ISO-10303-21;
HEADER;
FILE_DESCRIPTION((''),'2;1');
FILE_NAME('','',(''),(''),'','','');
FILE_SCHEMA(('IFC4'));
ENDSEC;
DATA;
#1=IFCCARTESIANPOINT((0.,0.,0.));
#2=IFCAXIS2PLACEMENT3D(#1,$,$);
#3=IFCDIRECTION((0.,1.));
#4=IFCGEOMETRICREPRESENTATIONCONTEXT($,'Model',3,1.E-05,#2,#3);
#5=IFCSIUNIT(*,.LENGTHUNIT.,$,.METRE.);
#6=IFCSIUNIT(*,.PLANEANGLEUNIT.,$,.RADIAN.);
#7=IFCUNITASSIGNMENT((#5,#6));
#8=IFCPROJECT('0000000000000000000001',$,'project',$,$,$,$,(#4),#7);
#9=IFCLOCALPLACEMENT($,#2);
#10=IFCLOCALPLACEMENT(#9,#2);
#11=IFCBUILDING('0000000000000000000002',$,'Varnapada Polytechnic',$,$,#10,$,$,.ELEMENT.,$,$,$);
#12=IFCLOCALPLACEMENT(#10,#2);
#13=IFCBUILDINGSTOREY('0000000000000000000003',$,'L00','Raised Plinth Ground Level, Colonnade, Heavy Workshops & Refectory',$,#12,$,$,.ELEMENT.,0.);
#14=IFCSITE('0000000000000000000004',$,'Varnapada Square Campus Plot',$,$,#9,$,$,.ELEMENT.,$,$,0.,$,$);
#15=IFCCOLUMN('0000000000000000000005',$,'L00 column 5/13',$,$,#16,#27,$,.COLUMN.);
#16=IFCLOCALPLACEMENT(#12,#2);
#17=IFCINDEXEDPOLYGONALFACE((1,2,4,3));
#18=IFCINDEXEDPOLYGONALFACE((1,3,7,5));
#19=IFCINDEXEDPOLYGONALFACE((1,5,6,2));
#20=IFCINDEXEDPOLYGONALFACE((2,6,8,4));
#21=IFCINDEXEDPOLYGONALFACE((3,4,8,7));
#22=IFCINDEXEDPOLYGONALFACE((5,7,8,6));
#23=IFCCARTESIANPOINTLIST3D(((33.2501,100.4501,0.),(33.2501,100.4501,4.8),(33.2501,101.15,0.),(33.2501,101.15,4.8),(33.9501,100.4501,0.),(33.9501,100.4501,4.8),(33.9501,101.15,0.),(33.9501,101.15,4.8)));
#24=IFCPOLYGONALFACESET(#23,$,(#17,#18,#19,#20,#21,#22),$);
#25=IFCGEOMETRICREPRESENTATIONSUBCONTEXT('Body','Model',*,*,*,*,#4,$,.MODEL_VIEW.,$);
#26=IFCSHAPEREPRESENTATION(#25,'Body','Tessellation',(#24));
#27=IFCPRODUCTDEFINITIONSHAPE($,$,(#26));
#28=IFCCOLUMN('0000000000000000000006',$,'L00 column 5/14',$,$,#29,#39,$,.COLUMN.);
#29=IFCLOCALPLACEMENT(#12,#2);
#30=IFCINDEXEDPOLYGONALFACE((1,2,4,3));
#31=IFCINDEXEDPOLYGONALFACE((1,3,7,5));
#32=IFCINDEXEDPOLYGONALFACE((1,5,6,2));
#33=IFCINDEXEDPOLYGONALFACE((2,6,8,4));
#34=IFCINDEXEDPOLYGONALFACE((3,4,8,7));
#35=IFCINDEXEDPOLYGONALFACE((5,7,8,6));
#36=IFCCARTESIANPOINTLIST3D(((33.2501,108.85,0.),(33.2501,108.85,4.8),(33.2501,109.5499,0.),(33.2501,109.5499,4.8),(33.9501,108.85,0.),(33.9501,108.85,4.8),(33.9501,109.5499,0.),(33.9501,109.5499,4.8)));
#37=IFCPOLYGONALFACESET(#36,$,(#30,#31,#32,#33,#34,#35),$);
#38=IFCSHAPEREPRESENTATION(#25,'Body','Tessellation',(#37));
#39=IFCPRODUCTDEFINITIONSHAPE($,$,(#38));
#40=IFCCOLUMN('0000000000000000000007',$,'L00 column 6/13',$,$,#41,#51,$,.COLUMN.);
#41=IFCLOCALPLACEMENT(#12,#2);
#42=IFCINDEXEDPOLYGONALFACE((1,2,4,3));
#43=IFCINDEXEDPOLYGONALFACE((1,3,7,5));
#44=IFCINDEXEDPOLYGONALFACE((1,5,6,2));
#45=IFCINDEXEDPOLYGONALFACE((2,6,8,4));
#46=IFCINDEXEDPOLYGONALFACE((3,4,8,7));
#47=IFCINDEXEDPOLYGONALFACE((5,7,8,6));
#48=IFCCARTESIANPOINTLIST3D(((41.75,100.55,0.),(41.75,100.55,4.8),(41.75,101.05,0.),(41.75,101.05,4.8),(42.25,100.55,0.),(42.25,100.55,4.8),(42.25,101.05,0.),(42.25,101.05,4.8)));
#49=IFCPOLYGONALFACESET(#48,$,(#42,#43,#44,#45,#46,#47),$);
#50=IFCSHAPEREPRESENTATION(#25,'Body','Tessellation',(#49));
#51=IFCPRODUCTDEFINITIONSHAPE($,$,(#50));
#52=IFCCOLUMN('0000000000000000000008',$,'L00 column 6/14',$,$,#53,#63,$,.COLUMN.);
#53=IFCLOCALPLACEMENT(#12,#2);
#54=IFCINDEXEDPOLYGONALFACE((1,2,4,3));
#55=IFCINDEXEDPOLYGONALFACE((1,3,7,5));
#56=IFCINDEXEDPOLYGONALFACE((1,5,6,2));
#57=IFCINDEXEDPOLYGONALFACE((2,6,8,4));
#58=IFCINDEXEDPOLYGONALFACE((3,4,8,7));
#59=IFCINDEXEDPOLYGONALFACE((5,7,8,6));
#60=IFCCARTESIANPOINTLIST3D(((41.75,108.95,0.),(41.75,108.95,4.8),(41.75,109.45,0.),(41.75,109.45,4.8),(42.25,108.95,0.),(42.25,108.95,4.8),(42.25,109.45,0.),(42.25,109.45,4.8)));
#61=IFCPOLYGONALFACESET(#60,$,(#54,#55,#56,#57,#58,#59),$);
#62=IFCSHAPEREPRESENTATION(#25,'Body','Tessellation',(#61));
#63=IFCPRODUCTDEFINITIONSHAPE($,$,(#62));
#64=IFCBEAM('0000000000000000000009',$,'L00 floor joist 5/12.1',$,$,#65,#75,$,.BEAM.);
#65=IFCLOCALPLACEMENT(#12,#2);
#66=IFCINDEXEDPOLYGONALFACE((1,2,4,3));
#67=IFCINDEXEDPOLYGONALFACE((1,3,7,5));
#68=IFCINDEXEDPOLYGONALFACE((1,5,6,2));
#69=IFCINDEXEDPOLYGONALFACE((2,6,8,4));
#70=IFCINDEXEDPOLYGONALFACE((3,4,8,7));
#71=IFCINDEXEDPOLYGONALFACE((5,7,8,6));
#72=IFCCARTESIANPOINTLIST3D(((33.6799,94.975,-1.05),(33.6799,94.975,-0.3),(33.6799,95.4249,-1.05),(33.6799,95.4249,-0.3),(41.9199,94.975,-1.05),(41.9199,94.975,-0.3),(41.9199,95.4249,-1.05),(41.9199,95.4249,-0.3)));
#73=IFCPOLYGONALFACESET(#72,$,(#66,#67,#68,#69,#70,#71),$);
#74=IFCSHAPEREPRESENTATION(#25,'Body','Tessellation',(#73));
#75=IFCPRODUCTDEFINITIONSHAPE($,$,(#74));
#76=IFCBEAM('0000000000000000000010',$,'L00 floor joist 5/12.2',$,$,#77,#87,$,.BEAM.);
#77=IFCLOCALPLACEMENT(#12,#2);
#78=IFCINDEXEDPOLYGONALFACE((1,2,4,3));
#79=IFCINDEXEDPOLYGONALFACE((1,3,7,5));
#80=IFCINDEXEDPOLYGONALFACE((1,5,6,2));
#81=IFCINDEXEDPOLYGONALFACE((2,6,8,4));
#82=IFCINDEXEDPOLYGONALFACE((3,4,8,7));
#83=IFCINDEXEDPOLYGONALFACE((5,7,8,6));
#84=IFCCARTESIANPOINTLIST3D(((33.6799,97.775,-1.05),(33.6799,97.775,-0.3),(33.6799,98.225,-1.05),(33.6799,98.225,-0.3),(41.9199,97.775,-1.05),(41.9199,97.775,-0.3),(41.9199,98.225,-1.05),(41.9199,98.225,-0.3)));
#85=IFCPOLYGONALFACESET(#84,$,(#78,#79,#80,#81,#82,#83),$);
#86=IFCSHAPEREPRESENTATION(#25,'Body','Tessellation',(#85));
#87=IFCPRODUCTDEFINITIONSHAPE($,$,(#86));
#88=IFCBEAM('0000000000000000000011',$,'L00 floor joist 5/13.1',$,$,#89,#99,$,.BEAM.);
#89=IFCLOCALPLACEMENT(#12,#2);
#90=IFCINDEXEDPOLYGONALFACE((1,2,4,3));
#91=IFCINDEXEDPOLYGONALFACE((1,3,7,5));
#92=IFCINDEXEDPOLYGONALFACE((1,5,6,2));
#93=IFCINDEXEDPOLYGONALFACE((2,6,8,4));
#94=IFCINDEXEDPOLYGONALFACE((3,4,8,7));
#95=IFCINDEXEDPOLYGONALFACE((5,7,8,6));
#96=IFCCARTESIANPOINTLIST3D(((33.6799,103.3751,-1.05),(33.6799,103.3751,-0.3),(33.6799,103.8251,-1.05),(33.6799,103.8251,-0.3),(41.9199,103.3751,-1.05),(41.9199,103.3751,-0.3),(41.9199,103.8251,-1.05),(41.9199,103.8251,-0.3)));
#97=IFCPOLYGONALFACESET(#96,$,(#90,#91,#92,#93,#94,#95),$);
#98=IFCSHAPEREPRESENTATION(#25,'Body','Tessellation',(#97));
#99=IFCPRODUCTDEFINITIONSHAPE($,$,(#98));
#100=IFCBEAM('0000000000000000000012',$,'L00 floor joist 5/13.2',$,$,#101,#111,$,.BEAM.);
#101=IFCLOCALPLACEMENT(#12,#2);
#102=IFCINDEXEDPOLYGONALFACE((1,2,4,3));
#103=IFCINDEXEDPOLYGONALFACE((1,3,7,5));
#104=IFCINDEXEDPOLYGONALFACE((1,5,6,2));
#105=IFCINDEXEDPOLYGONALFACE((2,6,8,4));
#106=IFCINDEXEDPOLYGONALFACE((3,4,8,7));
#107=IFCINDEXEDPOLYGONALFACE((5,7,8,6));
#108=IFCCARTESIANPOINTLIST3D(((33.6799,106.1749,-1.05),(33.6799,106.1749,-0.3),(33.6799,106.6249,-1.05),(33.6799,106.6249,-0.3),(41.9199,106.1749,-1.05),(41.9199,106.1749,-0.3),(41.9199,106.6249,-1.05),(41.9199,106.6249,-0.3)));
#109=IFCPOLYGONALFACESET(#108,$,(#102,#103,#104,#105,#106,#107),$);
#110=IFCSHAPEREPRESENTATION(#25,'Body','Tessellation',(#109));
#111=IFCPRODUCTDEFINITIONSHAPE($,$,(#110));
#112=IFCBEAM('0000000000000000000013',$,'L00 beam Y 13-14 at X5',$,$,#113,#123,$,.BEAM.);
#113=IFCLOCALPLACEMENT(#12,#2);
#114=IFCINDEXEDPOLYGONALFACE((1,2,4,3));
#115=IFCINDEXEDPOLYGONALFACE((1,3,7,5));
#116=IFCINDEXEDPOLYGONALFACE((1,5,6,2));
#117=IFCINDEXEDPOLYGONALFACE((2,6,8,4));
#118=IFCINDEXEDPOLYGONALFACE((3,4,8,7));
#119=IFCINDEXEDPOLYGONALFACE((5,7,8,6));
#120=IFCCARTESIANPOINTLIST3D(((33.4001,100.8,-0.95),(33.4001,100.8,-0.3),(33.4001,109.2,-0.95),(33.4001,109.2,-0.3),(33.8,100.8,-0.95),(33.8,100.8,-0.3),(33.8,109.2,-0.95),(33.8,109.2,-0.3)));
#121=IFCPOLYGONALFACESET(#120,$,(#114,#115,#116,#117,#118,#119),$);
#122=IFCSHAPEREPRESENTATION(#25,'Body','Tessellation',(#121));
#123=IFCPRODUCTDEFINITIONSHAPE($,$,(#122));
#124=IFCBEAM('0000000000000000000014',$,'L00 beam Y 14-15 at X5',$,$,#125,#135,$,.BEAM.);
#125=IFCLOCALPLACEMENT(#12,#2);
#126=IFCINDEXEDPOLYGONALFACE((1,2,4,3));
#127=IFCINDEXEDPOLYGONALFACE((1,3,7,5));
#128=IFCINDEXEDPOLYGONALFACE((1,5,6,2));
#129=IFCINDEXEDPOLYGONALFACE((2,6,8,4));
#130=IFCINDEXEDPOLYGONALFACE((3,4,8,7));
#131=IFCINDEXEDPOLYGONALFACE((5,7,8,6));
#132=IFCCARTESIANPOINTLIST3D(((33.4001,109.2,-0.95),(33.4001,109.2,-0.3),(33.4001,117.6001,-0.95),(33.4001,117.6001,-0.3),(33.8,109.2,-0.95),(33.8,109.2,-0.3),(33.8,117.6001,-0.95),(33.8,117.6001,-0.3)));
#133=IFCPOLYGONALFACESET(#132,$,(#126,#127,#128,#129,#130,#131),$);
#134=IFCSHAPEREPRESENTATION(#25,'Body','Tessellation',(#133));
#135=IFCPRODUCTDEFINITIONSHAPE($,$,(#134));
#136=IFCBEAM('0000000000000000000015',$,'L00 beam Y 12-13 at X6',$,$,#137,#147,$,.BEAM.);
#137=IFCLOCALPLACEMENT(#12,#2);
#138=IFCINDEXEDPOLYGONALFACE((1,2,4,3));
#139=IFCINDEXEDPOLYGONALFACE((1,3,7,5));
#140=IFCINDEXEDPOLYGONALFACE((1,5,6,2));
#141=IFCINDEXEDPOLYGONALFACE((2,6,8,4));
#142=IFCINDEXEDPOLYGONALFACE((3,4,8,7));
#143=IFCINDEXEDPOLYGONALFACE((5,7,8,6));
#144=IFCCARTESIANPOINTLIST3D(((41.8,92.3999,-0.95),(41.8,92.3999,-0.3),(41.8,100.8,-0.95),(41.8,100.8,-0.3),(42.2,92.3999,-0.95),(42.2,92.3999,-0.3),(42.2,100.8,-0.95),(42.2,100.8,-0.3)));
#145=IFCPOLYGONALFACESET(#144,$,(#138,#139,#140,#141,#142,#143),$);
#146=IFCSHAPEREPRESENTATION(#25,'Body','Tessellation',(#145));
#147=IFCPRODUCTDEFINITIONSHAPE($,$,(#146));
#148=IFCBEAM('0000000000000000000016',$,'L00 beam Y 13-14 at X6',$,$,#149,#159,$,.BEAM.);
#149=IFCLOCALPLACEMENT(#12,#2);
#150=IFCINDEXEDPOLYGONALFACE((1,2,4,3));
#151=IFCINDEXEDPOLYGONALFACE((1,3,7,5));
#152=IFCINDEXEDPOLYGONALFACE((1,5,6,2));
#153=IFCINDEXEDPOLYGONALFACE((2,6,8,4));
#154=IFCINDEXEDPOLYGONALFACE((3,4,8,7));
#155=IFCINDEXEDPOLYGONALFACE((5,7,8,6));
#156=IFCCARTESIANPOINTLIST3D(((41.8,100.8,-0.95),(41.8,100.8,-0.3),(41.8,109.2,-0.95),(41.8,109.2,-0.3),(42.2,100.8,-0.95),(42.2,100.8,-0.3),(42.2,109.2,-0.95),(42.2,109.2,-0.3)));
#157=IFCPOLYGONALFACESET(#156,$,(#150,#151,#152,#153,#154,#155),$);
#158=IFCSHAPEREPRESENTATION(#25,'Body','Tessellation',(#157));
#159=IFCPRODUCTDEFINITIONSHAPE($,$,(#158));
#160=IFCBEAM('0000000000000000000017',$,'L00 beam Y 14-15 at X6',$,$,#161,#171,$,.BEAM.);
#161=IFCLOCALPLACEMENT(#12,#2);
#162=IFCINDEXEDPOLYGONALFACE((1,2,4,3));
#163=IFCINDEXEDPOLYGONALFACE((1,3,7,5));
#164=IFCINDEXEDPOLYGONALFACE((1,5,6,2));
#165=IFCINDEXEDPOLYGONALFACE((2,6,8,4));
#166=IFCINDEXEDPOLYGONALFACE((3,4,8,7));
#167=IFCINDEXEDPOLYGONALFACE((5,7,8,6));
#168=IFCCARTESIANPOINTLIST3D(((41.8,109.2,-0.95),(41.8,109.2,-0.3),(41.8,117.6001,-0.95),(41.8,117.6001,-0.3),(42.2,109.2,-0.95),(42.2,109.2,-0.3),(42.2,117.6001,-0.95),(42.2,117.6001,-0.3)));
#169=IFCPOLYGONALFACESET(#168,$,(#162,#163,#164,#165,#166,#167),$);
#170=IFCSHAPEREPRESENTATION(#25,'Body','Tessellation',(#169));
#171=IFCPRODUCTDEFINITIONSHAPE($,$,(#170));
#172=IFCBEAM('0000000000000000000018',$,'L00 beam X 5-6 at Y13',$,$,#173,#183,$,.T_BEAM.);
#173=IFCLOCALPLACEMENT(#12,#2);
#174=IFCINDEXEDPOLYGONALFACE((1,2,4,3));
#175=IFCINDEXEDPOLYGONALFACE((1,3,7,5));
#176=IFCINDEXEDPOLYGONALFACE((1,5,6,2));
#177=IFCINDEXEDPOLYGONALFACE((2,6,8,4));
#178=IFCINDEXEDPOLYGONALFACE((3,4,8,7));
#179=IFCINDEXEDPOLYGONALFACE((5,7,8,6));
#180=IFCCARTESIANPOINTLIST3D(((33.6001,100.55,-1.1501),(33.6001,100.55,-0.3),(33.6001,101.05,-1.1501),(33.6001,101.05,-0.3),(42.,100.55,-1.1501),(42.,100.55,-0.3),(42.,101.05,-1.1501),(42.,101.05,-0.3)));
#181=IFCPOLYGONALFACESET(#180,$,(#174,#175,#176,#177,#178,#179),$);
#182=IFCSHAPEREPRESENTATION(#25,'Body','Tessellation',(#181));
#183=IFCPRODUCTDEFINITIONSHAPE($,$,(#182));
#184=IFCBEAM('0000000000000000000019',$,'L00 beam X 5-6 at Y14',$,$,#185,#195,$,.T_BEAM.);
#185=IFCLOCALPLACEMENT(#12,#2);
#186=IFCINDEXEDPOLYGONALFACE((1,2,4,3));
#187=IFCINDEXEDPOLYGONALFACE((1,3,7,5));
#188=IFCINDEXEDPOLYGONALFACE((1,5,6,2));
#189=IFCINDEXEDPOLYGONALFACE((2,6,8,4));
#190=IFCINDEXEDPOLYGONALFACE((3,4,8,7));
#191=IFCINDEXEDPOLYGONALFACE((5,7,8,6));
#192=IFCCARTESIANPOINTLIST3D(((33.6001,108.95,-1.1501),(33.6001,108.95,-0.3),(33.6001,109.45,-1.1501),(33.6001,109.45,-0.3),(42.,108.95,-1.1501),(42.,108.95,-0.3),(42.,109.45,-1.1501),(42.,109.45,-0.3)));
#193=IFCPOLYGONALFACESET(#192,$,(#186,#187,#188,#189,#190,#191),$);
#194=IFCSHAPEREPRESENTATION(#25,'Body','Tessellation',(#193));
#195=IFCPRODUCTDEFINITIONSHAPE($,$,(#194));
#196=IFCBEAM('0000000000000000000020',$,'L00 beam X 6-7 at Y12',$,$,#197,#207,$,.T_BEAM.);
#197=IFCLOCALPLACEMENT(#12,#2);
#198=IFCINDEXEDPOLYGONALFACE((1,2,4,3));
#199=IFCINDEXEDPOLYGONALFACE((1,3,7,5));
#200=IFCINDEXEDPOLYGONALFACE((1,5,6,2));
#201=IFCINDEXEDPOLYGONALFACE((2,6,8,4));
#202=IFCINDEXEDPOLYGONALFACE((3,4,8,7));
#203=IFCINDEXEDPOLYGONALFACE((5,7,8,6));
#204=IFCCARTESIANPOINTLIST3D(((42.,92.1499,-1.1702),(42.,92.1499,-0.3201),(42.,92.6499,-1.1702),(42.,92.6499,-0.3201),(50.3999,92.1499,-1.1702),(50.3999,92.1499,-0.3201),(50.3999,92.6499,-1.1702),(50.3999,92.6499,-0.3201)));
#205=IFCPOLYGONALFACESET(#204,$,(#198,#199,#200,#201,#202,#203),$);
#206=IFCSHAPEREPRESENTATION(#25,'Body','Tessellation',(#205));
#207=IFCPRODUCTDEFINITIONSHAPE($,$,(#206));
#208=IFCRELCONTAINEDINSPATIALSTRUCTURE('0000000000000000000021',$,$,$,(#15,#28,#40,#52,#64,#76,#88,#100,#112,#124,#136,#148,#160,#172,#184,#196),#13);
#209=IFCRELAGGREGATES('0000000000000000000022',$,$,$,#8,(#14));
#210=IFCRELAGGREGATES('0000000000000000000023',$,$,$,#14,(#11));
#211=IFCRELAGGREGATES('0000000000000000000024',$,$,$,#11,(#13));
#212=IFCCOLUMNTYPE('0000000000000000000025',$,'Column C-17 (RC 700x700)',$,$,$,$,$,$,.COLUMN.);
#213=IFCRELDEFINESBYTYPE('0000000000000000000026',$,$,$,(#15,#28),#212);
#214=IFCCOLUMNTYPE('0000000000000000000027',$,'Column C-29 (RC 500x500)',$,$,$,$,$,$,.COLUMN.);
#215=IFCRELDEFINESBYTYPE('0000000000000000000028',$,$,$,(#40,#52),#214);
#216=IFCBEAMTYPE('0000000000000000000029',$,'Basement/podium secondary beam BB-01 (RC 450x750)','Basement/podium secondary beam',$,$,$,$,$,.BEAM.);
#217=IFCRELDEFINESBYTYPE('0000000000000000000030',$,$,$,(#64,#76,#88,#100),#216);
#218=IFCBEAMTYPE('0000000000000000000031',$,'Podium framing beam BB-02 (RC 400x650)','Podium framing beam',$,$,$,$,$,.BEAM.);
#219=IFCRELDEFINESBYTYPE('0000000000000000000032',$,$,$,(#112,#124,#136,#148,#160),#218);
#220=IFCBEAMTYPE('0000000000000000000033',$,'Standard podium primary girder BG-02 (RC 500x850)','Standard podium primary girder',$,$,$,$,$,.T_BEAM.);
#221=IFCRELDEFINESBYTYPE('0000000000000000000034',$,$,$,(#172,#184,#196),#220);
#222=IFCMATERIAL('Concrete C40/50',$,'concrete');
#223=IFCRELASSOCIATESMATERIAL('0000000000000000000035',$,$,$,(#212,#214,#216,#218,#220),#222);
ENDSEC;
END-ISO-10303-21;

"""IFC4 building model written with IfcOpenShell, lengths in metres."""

from ifc_helpers import new_model, si_unit, direction, frame, origin, origin_2d, place, context, subcontext, project, spatial, rectangle, extrude, material, material_profile, profile_set, type_object, element, save


model = new_model("IFC4")

# Units and contexts
model_context = context("Model", 3, precision=1e-05, world=origin(), true_north=direction((0.0, 1.0)))
body_context = subcontext(model_context, "Body", "Model", "MODEL_VIEW")
ifc_project = project(units=[si_unit("LENGTHUNIT", "METRE"), si_unit("PLANEANGLEUNIT", "RADIAN")], contexts=[model_context])

# Site, building, storey
site_placement = place(None, origin())
site = spatial("IfcSite", under=ifc_project, at=site_placement, Name="Varnapada Square Campus Plot", CompositionType="ELEMENT", RefElevation=0.0)
building_placement = place(site_placement, origin())
building = spatial("IfcBuilding", under=site, at=building_placement, Name="Varnapada Polytechnic", CompositionType="ELEMENT")
storey_placement = place(building_placement, origin())
storey = spatial("IfcBuildingStorey", under=building, at=storey_placement, Name="L00", Description="Raised Plinth Ground Level, Colonnade, Heavy Workshops & Refectory", CompositionType="ELEMENT", Elevation=0.0)

# Columns
ifc_material_1 = material(Name="Concrete C40/50", Category="concrete")
ifc_material_profile_1 = material_profile(ifc_material_1, rectangle(XDim=0.7, YDim=0.7, at=origin_2d()), Name="RC 700x700")
ifc_profile_set_1 = profile_set([ifc_material_profile_1], Name="Concrete C40/50")
column_type_1 = type_object("IfcColumnType", Name="Column C-17 (RC 700x700)", PredefinedType="COLUMN", material=ifc_profile_set_1)
for number, where, z_axis, x_axis, name in (
    (1, (33.6001, 100.8, 0.0), (0.0, 0.0, 1.0), (1.0, 0.0, 0.0), "L00 column 5/13"),
    (2, (33.6001, 109.2, 0.0), (0.0, 0.0, 1.0), (1.0, 0.0, 0.0), "L00 column 5/14"),
):
    element("IfcColumn", number, at=place(storey_placement, frame(where, z_axis=z_axis, x_axis=x_axis)), inside=storey, type_object=column_type_1, Name=name, PredefinedType="COLUMN", context=body_context, shape_type="SweptSolid", body=[
        extrude(rectangle(XDim=0.7, YDim=0.7, at=origin_2d()), origin(), (0.0, 0.0, 1.0), 4.8),
    ])
ifc_material_profile_2 = material_profile(ifc_material_1, rectangle(XDim=0.5, YDim=0.5, at=origin_2d()), Name="RC 500x500")
ifc_profile_set_2 = profile_set([ifc_material_profile_2], Name="Concrete C40/50")
column_type_2 = type_object("IfcColumnType", Name="Column C-29 (RC 500x500)", PredefinedType="COLUMN", material=ifc_profile_set_2)
for number, where, z_axis, x_axis, name in (
    (3, (42.0, 100.8, 0.0), (0.0, 0.0, 1.0), (1.0, 0.0, 0.0), "L00 column 6/13"),
    (4, (42.0, 109.2, 0.0), (0.0, 0.0, 1.0), (1.0, 0.0, 0.0), "L00 column 6/14"),
):
    element("IfcColumn", number, at=place(storey_placement, frame(where, z_axis=z_axis, x_axis=x_axis)), inside=storey, type_object=column_type_2, Name=name, PredefinedType="COLUMN", context=body_context, shape_type="SweptSolid", body=[
        extrude(rectangle(XDim=0.5, YDim=0.5, at=origin_2d()), origin(), (0.0, 0.0, 1.0), 4.8),
    ])

# Beams
ifc_material_profile_3 = material_profile(ifc_material_1, rectangle(XDim=0.45, YDim=0.75, at=origin_2d()), Name="RC 450x750")
ifc_profile_set_3 = profile_set([ifc_material_profile_3], Name="Concrete C40/50")
beam_type_1 = type_object("IfcBeamType", Name="Basement/podium secondary beam BB-01 (RC 450x750)", Description="Basement/podium secondary beam", PredefinedType="BEAM", material=ifc_profile_set_3)
for number, where, z_axis, x_axis, name in (
    (5, (33.6799, 95.2, -0.675), (1.0, 0.0, 0.0), (0.0, 1.0, 0.0), "L00 floor joist 5/12.1"),
    (6, (33.6799, 98.0, -0.675), (1.0, 0.0, 0.0), (0.0, 1.0, 0.0), "L00 floor joist 5/12.2"),
    (7, (33.6799, 103.6001, -0.675), (1.0, 0.0, 0.0), (0.0, 1.0, 0.0), "L00 floor joist 5/13.1"),
    (8, (33.6799, 106.3999, -0.675), (1.0, 0.0, 0.0), (0.0, 1.0, 0.0), "L00 floor joist 5/13.2"),
):
    element("IfcBeam", number, at=place(storey_placement, frame(where, z_axis=z_axis, x_axis=x_axis)), inside=storey, type_object=beam_type_1, Name=name, PredefinedType="BEAM", context=body_context, shape_type="SweptSolid", body=[
        extrude(rectangle(XDim=0.45, YDim=0.75, at=origin_2d()), origin(), (0.0, 0.0, 1.0), 8.24),
    ])
ifc_material_profile_4 = material_profile(ifc_material_1, rectangle(XDim=0.3999, YDim=0.6499, at=origin_2d()), Name="RC 400x650")
ifc_profile_set_4 = profile_set([ifc_material_profile_4], Name="Concrete C40/50")
beam_type_2 = type_object("IfcBeamType", Name="Podium framing beam BB-02 (RC 400x650)", Description="Podium framing beam", PredefinedType="BEAM", material=ifc_profile_set_4)
beam_1_placement = place(storey_placement, frame((33.6001, 100.8, -0.625), z_axis=(0.0, 1.0, 0.0), x_axis=(-1.0, 0.0, 0.0)))
element("IfcBeam", 9, at=beam_1_placement, inside=storey, type_object=beam_type_2, Name="L00 beam Y 13-14 at X5", PredefinedType="BEAM", context=body_context, shape_type="SweptSolid", body=[
    extrude(rectangle(XDim=0.3999, YDim=0.6499, at=origin_2d()), origin(), (0.0, 0.0, 1.0), 8.3999),
])
for number, where, z_axis, x_axis, name in (
    (10, (33.6001, 109.2, -0.625), (0.0, 1.0, 0.0), (-1.0, 0.0, 0.0), "L00 beam Y 14-15 at X5"),
    (11, (42.0, 92.3999, -0.625), (0.0, 1.0, 0.0), (-1.0, 0.0, 0.0), "L00 beam Y 12-13 at X6"),
):
    element("IfcBeam", number, at=place(storey_placement, frame(where, z_axis=z_axis, x_axis=x_axis)), inside=storey, type_object=beam_type_2, Name=name, PredefinedType="BEAM", context=body_context, shape_type="SweptSolid", body=[
        extrude(rectangle(XDim=0.3999, YDim=0.6499, at=origin_2d()), origin(), (0.0, 0.0, 1.0), 8.4001),
    ])
beam_2_placement = place(storey_placement, frame((42.0, 100.8, -0.625), z_axis=(0.0, 1.0, 0.0), x_axis=(-1.0, 0.0, 0.0)))
element("IfcBeam", 12, at=beam_2_placement, inside=storey, type_object=beam_type_2, Name="L00 beam Y 13-14 at X6", PredefinedType="BEAM", context=body_context, shape_type="SweptSolid", body=[
    extrude(rectangle(XDim=0.3999, YDim=0.6499, at=origin_2d()), origin(), (0.0, 0.0, 1.0), 8.3999),
])
beam_3_placement = place(storey_placement, frame((42.0, 109.2, -0.625), z_axis=(0.0, 1.0, 0.0), x_axis=(-1.0, 0.0, 0.0)))
element("IfcBeam", 13, at=beam_3_placement, inside=storey, type_object=beam_type_2, Name="L00 beam Y 14-15 at X6", PredefinedType="BEAM", context=body_context, shape_type="SweptSolid", body=[
    extrude(rectangle(XDim=0.3999, YDim=0.6499, at=origin_2d()), origin(), (0.0, 0.0, 1.0), 8.4001),
])
ifc_material_profile_5 = material_profile(ifc_material_1, rectangle(XDim=0.5, YDim=0.8501, at=origin_2d()), Name="RC 500x850")
ifc_profile_set_5 = profile_set([ifc_material_profile_5], Name="Concrete C40/50")
beam_type_3 = type_object("IfcBeamType", Name="Standard podium primary girder BG-02 (RC 500x850)", Description="Standard podium primary girder", PredefinedType="T_BEAM", material=ifc_profile_set_5)
for number, where, z_axis, x_axis, name in (
    (14, (33.6001, 100.8, -0.7251), (1.0, 0.0, 0.0), (0.0, 1.0, 0.0), "L00 beam X 5-6 at Y13"),
    (15, (33.6001, 109.2, -0.7251), (1.0, 0.0, 0.0), (0.0, 1.0, 0.0), "L00 beam X 5-6 at Y14"),
    (16, (42.0, 92.3999, -0.7451), (1.0, 0.0, 0.0), (0.0, 1.0, 0.0), "L00 beam X 6-7 at Y12"),
):
    element("IfcBeam", number, at=place(storey_placement, frame(where, z_axis=z_axis, x_axis=x_axis)), inside=storey, type_object=beam_type_3, Name=name, PredefinedType="T_BEAM", context=body_context, shape_type="SweptSolid", body=[
        extrude(rectangle(XDim=0.5, YDim=0.8501, at=origin_2d()), origin(), (0.0, 0.0, 1.0), 8.3999),
    ])

save(model, "model.ifc")
